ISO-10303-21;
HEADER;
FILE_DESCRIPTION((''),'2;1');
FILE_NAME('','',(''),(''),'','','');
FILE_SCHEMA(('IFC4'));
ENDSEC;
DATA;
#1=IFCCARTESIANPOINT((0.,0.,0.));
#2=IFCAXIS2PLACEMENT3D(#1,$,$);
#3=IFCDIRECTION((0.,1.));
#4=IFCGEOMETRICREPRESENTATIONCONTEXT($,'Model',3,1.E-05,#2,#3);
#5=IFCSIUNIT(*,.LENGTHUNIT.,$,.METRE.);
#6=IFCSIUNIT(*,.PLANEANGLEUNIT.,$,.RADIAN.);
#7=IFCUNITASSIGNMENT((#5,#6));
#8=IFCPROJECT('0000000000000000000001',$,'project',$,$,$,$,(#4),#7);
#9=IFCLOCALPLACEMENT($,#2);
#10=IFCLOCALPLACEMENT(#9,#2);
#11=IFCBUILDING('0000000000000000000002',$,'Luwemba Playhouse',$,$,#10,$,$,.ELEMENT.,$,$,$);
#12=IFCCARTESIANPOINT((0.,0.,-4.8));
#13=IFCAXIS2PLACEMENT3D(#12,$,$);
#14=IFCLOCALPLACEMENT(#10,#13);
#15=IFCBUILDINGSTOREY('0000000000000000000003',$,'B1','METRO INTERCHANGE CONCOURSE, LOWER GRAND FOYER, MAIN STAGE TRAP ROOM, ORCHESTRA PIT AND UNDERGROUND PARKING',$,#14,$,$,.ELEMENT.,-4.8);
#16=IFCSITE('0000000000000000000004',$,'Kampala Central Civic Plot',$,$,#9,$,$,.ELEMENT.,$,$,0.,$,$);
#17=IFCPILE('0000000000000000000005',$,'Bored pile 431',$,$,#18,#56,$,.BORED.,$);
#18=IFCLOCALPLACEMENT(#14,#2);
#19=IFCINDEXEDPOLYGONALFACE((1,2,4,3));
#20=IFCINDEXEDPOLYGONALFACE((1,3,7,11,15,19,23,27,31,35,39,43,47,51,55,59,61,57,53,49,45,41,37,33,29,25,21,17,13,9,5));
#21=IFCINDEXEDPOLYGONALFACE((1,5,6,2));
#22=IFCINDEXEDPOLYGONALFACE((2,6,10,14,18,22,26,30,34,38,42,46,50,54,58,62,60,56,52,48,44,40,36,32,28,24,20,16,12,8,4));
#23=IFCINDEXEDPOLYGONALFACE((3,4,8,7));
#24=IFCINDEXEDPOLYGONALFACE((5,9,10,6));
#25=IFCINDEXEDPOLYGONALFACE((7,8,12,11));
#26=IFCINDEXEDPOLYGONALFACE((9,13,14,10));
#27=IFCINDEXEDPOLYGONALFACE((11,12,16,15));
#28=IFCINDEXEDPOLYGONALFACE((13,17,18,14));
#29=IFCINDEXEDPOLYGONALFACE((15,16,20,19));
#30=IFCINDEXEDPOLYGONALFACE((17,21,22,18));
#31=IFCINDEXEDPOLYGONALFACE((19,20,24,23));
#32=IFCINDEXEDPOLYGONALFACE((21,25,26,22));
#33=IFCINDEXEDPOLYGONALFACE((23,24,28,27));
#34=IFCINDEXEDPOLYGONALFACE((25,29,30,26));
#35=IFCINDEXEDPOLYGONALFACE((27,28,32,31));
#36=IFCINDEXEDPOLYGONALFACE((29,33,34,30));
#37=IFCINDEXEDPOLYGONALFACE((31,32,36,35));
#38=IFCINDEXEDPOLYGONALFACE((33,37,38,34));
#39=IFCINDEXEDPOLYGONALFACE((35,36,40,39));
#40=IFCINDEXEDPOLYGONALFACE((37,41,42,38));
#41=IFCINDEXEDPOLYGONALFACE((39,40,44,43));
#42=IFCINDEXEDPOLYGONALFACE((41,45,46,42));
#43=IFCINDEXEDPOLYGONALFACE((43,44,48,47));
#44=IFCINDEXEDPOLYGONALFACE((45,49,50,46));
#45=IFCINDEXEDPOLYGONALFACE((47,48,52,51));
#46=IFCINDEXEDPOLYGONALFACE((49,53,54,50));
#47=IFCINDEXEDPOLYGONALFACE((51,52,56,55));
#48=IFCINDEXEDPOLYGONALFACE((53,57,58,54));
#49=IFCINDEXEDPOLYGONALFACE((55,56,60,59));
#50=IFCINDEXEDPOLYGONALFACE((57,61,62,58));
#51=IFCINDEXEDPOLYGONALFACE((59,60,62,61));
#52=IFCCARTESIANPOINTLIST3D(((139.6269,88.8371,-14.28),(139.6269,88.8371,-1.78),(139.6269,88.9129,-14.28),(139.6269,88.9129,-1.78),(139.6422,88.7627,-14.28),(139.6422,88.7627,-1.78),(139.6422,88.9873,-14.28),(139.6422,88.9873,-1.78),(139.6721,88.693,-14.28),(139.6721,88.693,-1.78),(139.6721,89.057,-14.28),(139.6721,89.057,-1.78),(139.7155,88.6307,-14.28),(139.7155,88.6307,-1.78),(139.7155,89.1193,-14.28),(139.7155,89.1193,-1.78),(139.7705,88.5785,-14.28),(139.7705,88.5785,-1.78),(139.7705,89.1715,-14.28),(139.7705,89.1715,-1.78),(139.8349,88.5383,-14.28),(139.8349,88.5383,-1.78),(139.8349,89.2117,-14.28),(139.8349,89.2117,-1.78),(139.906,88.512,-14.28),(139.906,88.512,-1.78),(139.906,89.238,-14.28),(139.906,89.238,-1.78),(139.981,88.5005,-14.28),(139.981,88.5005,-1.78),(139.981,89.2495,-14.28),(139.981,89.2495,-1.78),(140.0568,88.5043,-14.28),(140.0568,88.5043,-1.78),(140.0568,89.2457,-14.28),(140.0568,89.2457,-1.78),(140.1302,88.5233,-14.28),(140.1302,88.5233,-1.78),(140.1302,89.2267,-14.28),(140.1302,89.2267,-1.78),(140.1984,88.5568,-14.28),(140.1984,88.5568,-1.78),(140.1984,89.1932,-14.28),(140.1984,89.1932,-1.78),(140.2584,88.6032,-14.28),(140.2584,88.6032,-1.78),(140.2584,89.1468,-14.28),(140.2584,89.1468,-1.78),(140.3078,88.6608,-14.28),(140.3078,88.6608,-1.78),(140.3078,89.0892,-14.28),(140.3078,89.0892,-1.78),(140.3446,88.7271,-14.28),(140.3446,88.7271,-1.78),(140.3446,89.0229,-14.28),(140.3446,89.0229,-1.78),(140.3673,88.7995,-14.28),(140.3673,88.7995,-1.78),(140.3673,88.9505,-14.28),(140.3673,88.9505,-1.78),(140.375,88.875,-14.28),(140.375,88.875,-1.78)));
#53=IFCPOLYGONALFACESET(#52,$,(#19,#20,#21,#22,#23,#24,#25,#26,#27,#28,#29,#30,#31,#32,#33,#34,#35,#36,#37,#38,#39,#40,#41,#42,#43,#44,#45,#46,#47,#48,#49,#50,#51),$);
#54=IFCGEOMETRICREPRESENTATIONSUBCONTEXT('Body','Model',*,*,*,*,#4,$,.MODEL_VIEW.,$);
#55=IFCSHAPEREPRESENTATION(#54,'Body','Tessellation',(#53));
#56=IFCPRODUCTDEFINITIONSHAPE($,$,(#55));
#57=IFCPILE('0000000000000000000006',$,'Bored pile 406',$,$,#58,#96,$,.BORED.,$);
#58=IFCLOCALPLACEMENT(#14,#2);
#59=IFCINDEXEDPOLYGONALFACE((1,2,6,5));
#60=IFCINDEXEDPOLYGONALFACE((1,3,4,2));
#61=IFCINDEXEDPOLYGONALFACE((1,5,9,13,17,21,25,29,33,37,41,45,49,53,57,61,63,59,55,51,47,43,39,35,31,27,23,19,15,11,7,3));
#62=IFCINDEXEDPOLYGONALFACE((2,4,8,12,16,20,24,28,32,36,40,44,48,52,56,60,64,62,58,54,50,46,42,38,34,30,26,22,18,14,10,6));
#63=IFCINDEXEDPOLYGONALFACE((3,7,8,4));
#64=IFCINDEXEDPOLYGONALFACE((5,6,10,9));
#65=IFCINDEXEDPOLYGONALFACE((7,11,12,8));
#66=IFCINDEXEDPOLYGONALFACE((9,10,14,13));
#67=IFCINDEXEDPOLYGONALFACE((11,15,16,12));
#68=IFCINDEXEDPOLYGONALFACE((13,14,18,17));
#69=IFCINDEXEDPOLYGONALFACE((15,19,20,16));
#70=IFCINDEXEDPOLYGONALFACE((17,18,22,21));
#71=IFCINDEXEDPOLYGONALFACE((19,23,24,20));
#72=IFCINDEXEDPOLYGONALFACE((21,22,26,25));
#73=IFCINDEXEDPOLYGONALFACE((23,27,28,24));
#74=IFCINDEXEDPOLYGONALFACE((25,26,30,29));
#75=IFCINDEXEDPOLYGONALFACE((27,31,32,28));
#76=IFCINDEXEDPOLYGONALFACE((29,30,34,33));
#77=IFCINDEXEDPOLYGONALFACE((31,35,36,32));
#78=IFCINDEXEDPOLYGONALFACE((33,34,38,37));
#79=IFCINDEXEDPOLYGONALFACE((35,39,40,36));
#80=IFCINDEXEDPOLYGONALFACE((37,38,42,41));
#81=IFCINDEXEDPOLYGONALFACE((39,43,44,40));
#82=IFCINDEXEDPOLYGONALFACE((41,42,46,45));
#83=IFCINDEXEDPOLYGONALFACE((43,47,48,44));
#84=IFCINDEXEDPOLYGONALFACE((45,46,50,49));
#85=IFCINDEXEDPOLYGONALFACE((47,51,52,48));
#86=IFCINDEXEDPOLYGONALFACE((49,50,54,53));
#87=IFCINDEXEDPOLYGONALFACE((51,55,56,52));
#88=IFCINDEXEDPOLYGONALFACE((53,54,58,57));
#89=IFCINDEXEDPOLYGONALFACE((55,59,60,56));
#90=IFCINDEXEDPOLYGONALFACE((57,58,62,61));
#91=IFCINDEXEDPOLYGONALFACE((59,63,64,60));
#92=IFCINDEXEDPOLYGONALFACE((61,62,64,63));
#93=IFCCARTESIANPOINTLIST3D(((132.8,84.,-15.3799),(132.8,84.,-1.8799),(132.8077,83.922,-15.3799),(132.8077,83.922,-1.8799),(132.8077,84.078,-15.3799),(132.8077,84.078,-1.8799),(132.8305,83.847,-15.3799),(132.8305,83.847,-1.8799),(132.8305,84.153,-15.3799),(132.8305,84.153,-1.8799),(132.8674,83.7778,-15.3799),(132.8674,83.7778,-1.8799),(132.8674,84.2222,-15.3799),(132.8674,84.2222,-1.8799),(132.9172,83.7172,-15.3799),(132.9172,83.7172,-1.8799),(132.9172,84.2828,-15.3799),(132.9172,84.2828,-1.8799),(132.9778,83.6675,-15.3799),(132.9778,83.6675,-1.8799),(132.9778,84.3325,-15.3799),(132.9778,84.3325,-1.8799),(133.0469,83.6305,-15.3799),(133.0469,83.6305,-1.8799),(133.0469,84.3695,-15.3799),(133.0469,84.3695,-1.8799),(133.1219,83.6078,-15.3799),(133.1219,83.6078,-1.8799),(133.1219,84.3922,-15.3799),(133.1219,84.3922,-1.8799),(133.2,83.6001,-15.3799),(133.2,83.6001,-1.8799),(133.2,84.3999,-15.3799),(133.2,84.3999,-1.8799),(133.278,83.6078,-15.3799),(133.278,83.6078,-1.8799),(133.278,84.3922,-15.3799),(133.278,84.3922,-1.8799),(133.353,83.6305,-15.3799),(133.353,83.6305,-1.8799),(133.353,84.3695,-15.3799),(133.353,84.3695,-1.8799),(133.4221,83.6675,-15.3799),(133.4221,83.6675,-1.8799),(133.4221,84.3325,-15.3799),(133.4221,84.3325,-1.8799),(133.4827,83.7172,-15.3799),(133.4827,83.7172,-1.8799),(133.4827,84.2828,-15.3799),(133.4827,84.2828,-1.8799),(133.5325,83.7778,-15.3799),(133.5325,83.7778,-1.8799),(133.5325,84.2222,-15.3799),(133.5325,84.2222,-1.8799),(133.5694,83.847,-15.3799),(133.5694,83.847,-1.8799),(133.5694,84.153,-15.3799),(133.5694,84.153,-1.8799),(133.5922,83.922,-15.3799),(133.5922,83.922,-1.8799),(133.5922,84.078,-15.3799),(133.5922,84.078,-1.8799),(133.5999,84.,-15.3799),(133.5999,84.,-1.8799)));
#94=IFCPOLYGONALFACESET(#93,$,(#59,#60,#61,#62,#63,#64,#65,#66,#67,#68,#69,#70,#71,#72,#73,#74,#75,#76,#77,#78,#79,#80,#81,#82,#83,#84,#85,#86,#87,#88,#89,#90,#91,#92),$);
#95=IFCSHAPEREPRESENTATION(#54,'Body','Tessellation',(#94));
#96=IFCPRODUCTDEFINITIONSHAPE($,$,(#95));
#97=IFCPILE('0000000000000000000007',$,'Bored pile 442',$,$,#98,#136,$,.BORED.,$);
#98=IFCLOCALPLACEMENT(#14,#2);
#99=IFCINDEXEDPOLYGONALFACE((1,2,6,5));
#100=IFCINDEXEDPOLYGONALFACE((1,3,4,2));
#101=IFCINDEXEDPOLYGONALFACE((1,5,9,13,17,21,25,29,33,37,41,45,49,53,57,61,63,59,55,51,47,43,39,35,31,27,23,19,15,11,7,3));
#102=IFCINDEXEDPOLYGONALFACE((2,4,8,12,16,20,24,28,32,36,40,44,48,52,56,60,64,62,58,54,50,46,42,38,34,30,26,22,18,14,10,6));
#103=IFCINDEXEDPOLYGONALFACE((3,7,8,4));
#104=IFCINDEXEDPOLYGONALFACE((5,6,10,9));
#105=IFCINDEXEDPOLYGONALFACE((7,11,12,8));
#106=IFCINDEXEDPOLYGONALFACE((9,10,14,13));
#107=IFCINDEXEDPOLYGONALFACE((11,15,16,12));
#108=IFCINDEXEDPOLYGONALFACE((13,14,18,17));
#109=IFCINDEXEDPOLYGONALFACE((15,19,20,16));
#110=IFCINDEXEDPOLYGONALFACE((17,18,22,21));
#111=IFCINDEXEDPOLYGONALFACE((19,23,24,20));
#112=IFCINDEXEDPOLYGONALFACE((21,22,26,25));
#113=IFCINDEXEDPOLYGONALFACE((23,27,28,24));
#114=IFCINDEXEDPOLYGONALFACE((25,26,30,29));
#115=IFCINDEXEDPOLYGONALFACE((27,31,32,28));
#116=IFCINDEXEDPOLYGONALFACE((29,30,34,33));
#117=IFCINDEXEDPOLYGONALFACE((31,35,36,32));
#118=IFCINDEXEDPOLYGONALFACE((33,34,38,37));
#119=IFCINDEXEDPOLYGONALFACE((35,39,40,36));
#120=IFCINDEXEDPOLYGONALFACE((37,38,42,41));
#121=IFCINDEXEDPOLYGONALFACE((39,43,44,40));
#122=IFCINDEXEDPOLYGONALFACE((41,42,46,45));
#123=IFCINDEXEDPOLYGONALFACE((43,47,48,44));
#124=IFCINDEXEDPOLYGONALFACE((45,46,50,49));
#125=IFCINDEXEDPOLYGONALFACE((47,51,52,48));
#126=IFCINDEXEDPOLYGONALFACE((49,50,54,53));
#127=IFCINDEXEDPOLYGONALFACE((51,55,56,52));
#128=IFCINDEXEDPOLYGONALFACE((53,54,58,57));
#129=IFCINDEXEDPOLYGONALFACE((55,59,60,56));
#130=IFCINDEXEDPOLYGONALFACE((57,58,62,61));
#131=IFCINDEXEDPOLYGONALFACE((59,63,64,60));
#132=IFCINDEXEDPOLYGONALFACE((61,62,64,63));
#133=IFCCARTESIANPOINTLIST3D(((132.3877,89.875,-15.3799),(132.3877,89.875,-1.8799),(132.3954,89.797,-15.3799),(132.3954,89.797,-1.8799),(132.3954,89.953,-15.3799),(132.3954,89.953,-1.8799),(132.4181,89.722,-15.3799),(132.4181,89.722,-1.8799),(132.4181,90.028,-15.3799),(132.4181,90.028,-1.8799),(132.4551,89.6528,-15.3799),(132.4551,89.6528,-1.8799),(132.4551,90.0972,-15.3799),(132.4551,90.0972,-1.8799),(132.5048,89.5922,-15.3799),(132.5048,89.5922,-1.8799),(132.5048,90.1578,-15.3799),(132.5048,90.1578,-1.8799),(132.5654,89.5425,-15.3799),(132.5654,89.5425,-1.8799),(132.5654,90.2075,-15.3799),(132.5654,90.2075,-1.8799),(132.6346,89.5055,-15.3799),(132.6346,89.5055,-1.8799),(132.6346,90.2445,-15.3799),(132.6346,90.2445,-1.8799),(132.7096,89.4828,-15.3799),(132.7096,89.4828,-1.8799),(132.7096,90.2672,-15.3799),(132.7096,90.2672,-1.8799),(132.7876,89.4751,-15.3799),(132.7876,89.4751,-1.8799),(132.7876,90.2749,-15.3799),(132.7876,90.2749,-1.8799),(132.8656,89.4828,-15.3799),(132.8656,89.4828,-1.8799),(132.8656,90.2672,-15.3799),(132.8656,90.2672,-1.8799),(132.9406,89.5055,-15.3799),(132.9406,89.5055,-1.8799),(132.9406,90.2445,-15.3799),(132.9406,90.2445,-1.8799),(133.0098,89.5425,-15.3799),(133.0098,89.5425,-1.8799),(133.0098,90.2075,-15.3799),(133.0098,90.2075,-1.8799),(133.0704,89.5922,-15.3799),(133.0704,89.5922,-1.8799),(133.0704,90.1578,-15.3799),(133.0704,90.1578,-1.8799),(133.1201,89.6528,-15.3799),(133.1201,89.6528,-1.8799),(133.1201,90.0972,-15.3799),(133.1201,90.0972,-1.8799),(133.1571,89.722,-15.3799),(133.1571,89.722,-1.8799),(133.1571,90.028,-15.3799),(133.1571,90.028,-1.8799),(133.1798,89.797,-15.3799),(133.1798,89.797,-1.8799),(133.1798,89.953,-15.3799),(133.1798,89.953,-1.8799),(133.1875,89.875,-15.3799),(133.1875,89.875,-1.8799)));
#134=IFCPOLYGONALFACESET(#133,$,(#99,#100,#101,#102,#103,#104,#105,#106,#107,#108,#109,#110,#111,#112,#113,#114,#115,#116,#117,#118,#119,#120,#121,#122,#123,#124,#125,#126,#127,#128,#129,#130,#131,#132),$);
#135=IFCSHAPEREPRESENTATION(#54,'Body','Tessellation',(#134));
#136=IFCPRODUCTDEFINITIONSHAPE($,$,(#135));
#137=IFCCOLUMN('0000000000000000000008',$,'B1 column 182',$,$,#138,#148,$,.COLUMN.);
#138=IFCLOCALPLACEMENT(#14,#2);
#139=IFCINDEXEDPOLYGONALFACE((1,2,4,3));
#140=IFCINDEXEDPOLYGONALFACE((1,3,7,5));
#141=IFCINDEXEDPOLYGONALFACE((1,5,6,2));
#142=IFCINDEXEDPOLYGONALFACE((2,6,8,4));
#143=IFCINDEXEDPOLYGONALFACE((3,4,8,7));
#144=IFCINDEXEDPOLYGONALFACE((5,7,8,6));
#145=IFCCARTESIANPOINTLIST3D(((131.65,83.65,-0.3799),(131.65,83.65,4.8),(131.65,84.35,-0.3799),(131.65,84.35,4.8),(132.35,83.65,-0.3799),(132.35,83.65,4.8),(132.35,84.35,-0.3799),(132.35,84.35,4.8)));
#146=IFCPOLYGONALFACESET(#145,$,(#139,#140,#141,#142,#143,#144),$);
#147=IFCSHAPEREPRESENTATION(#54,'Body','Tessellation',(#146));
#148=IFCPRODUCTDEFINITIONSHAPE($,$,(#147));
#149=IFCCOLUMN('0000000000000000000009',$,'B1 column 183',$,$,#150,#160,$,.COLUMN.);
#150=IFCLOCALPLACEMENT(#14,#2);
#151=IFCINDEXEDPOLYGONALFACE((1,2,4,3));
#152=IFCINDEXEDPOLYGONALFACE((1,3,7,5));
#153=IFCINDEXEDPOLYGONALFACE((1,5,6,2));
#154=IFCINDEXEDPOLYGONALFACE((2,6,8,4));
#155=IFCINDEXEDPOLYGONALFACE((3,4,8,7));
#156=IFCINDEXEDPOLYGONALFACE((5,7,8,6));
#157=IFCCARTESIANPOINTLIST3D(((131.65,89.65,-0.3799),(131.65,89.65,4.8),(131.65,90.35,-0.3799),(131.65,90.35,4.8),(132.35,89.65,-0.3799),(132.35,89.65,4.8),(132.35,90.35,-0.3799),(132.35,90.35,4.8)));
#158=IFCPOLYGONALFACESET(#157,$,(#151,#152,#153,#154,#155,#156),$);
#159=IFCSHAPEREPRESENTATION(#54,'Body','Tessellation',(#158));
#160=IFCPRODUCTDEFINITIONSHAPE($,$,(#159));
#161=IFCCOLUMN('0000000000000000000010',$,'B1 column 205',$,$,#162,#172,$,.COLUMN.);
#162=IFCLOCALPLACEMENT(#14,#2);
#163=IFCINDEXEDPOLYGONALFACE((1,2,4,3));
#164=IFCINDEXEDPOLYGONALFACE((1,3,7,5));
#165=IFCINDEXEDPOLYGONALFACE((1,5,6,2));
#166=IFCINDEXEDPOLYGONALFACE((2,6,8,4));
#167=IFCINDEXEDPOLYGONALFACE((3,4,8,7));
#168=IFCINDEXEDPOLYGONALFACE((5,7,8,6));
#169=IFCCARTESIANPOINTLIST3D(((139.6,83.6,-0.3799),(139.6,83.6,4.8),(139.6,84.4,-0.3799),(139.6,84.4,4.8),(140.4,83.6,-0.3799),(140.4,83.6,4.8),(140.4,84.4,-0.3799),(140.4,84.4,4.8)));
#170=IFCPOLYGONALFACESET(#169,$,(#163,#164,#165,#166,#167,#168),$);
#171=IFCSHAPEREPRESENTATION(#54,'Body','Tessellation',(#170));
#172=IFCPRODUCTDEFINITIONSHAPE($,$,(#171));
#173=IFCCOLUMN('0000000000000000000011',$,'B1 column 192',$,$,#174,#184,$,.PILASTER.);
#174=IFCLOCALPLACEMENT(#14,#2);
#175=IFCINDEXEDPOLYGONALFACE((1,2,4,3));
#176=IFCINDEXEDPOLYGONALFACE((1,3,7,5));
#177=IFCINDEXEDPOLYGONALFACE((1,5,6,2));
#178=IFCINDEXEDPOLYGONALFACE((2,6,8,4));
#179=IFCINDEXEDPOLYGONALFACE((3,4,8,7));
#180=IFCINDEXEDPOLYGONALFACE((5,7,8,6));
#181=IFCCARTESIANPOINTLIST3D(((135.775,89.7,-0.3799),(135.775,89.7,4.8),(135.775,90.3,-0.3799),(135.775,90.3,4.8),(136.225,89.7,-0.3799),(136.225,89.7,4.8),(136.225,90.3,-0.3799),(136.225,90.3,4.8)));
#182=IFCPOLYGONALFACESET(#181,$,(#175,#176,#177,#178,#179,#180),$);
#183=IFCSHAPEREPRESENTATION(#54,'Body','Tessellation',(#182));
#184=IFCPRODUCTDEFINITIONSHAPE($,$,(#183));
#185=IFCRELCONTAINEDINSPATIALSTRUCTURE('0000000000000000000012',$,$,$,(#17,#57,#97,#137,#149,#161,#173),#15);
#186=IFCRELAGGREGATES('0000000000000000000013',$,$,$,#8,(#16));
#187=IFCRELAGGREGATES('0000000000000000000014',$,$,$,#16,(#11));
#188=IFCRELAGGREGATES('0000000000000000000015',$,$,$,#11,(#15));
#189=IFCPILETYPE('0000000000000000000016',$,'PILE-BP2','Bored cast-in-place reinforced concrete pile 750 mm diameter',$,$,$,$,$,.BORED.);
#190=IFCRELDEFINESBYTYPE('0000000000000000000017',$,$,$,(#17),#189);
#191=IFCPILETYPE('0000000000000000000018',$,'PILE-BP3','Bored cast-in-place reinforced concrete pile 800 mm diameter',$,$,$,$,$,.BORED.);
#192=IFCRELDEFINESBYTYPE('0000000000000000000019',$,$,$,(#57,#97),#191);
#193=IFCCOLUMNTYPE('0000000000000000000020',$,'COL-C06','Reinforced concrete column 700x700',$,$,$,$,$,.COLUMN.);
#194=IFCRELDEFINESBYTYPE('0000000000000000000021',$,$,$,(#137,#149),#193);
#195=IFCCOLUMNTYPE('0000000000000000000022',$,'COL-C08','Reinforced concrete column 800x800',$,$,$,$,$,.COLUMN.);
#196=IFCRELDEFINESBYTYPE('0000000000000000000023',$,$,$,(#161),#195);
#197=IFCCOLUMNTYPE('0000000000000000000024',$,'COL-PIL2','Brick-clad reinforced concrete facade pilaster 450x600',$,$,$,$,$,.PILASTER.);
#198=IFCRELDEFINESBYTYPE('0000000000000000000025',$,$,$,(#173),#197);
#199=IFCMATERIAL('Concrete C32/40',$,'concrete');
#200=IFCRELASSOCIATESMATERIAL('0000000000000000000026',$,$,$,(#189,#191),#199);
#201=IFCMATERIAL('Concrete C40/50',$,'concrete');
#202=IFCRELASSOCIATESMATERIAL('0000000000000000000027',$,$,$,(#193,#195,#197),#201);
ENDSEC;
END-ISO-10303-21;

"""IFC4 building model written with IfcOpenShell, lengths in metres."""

from ifc_helpers import new_model, si_unit, direction, frame, origin, origin_2d, place, context, subcontext, project, spatial, rectangle, circle, extrude, material, material_profile, profile_set, type_object, element, save


model = new_model("IFC4")

# Units and contexts
model_context = context("Model", 3, precision=1e-05, world=origin(), true_north=direction((0.0, 1.0)))
body_context = subcontext(model_context, "Body", "Model", "MODEL_VIEW")
ifc_project = project(units=[si_unit("LENGTHUNIT", "METRE"), si_unit("PLANEANGLEUNIT", "RADIAN")], contexts=[model_context])

# Site, building, storey
site_placement = place(None, origin())
site = spatial("IfcSite", under=ifc_project, at=site_placement, Name="Kampala Central Civic Plot", CompositionType="ELEMENT", RefElevation=0.0)
building_placement = place(site_placement, origin())
building = spatial("IfcBuilding", under=site, at=building_placement, Name="Luwemba Playhouse", CompositionType="ELEMENT")
storey_placement = place(building_placement, frame((0.0, 0.0, -4.8)))
storey = spatial("IfcBuildingStorey", under=building, at=storey_placement, Name="B1", Description="METRO INTERCHANGE CONCOURSE, LOWER GRAND FOYER, MAIN STAGE TRAP ROOM, ORCHESTRA PIT AND UNDERGROUND PARKING", CompositionType="ELEMENT", Elevation=-4.8)

# Shared definitions
ifc_material_1 = material(Name="Concrete C32/40", Category="concrete")

# Piles
ifc_material_profile_1 = material_profile(ifc_material_1, circle(Radius=0.375, at=origin_2d()))
ifc_profile_set_1 = profile_set([ifc_material_profile_1], Name="Concrete C32/40")
pile_type_1 = type_object("IfcPileType", Name="PILE-BP2", Description="Bored cast-in-place reinforced concrete pile 750 mm diameter", PredefinedType="BORED", material=ifc_profile_set_1)
for number, where, z_axis, x_axis, name in (
    (1, (140.0, 88.875, -1.78), (0.0, 0.0, -1.0), (1.0, 0.0, 0.0), "Bored pile 431"),
):
    element("IfcPile", number, at=place(storey_placement, frame(where, z_axis=z_axis, x_axis=x_axis)), inside=storey, type_object=pile_type_1, Name=name, PredefinedType="BORED", context=body_context, shape_type="SweptSolid", body=[
        extrude(circle(Radius=0.375, at=origin_2d()), origin(), (0.0, 0.0, 1.0), 12.5),
    ])
ifc_material_profile_2 = material_profile(ifc_material_1, circle(Radius=0.3999, at=origin_2d()))
ifc_profile_set_2 = profile_set([ifc_material_profile_2], Name="Concrete C32/40")
pile_type_2 = type_object("IfcPileType", Name="PILE-BP3", Description="Bored cast-in-place reinforced concrete pile 800 mm diameter", PredefinedType="BORED", material=ifc_profile_set_2)
for number, where, z_axis, x_axis, name in (
    (2, (133.2, 84.0, -1.8799), (0.0, 0.0, -1.0), (1.0, 0.0, 0.0), "Bored pile 406"),
    (3, (132.7876, 89.875, -1.8799), (0.0, 0.0, -1.0), (1.0, 0.0, 0.0), "Bored pile 442"),
):
    element("IfcPile", number, at=place(storey_placement, frame(where, z_axis=z_axis, x_axis=x_axis)), inside=storey, type_object=pile_type_2, Name=name, PredefinedType="BORED", context=body_context, shape_type="SweptSolid", body=[
        extrude(circle(Radius=0.3999, at=origin_2d()), origin(), (0.0, 0.0, 1.0), 13.5),
    ])

# Columns
ifc_material_2 = material(Name="Concrete C40/50", Category="concrete")
ifc_material_profile_3 = material_profile(ifc_material_2, rectangle(XDim=0.7, YDim=0.7, at=origin_2d()))
ifc_profile_set_3 = profile_set([ifc_material_profile_3], Name="Concrete C40/50")
column_type_1 = type_object("IfcColumnType", Name="COL-C06", Description="Reinforced concrete column 700x700", PredefinedType="COLUMN", material=ifc_profile_set_3)
for number, where, z_axis, x_axis, name in (
    (4, (132.0, 84.0, -0.3799), (0.0, 0.0, 1.0), (1.0, 0.0, 0.0), "B1 column 182"),
    (5, (132.0, 90.0, -0.3799), (0.0, 0.0, 1.0), (1.0, 0.0, 0.0), "B1 column 183"),
):
    element("IfcColumn", number, at=place(storey_placement, frame(where, z_axis=z_axis, x_axis=x_axis)), inside=storey, type_object=column_type_1, Name=name, PredefinedType="COLUMN", context=body_context, shape_type="SweptSolid", body=[
        extrude(rectangle(XDim=0.7, YDim=0.7, at=origin_2d()), origin(), (0.0, 0.0, 1.0), 5.1799),
    ])
ifc_material_profile_4 = material_profile(ifc_material_2, rectangle(XDim=0.8, YDim=0.8, at=origin_2d()))
ifc_profile_set_4 = profile_set([ifc_material_profile_4], Name="Concrete C40/50")
column_type_2 = type_object("IfcColumnType", Name="COL-C08", Description="Reinforced concrete column 800x800", PredefinedType="COLUMN", material=ifc_profile_set_4)
column_1_placement = place(storey_placement, frame((140.0, 84.0, -0.3799), z_axis=(0.0, 0.0, 1.0), x_axis=(1.0, 0.0, 0.0)))
element("IfcColumn", 6, at=column_1_placement, inside=storey, type_object=column_type_2, Name="B1 column 205", PredefinedType="COLUMN", context=body_context, shape_type="SweptSolid", body=[
    extrude(rectangle(XDim=0.8, YDim=0.8, at=origin_2d()), origin(), (0.0, 0.0, 1.0), 5.1799),
])
ifc_material_profile_5 = material_profile(ifc_material_2, rectangle(XDim=0.45, YDim=0.6001, at=origin_2d()))
ifc_profile_set_5 = profile_set([ifc_material_profile_5], Name="Concrete C40/50")
column_type_3 = type_object("IfcColumnType", Name="COL-PIL2", Description="Brick-clad reinforced concrete facade pilaster 450x600", PredefinedType="PILASTER", material=ifc_profile_set_5)
column_2_placement = place(storey_placement, frame((136.0, 90.0, -0.3799), z_axis=(0.0, 0.0, 1.0), x_axis=(1.0, 0.0, 0.0)))
element("IfcColumn", 7, at=column_2_placement, inside=storey, type_object=column_type_3, Name="B1 column 192", PredefinedType="PILASTER", context=body_context, shape_type="SweptSolid", body=[
    extrude(rectangle(XDim=0.45, YDim=0.6001, at=origin_2d()), origin(), (0.0, 0.0, 1.0), 5.1799),
])

save(model, "model.ifc")
